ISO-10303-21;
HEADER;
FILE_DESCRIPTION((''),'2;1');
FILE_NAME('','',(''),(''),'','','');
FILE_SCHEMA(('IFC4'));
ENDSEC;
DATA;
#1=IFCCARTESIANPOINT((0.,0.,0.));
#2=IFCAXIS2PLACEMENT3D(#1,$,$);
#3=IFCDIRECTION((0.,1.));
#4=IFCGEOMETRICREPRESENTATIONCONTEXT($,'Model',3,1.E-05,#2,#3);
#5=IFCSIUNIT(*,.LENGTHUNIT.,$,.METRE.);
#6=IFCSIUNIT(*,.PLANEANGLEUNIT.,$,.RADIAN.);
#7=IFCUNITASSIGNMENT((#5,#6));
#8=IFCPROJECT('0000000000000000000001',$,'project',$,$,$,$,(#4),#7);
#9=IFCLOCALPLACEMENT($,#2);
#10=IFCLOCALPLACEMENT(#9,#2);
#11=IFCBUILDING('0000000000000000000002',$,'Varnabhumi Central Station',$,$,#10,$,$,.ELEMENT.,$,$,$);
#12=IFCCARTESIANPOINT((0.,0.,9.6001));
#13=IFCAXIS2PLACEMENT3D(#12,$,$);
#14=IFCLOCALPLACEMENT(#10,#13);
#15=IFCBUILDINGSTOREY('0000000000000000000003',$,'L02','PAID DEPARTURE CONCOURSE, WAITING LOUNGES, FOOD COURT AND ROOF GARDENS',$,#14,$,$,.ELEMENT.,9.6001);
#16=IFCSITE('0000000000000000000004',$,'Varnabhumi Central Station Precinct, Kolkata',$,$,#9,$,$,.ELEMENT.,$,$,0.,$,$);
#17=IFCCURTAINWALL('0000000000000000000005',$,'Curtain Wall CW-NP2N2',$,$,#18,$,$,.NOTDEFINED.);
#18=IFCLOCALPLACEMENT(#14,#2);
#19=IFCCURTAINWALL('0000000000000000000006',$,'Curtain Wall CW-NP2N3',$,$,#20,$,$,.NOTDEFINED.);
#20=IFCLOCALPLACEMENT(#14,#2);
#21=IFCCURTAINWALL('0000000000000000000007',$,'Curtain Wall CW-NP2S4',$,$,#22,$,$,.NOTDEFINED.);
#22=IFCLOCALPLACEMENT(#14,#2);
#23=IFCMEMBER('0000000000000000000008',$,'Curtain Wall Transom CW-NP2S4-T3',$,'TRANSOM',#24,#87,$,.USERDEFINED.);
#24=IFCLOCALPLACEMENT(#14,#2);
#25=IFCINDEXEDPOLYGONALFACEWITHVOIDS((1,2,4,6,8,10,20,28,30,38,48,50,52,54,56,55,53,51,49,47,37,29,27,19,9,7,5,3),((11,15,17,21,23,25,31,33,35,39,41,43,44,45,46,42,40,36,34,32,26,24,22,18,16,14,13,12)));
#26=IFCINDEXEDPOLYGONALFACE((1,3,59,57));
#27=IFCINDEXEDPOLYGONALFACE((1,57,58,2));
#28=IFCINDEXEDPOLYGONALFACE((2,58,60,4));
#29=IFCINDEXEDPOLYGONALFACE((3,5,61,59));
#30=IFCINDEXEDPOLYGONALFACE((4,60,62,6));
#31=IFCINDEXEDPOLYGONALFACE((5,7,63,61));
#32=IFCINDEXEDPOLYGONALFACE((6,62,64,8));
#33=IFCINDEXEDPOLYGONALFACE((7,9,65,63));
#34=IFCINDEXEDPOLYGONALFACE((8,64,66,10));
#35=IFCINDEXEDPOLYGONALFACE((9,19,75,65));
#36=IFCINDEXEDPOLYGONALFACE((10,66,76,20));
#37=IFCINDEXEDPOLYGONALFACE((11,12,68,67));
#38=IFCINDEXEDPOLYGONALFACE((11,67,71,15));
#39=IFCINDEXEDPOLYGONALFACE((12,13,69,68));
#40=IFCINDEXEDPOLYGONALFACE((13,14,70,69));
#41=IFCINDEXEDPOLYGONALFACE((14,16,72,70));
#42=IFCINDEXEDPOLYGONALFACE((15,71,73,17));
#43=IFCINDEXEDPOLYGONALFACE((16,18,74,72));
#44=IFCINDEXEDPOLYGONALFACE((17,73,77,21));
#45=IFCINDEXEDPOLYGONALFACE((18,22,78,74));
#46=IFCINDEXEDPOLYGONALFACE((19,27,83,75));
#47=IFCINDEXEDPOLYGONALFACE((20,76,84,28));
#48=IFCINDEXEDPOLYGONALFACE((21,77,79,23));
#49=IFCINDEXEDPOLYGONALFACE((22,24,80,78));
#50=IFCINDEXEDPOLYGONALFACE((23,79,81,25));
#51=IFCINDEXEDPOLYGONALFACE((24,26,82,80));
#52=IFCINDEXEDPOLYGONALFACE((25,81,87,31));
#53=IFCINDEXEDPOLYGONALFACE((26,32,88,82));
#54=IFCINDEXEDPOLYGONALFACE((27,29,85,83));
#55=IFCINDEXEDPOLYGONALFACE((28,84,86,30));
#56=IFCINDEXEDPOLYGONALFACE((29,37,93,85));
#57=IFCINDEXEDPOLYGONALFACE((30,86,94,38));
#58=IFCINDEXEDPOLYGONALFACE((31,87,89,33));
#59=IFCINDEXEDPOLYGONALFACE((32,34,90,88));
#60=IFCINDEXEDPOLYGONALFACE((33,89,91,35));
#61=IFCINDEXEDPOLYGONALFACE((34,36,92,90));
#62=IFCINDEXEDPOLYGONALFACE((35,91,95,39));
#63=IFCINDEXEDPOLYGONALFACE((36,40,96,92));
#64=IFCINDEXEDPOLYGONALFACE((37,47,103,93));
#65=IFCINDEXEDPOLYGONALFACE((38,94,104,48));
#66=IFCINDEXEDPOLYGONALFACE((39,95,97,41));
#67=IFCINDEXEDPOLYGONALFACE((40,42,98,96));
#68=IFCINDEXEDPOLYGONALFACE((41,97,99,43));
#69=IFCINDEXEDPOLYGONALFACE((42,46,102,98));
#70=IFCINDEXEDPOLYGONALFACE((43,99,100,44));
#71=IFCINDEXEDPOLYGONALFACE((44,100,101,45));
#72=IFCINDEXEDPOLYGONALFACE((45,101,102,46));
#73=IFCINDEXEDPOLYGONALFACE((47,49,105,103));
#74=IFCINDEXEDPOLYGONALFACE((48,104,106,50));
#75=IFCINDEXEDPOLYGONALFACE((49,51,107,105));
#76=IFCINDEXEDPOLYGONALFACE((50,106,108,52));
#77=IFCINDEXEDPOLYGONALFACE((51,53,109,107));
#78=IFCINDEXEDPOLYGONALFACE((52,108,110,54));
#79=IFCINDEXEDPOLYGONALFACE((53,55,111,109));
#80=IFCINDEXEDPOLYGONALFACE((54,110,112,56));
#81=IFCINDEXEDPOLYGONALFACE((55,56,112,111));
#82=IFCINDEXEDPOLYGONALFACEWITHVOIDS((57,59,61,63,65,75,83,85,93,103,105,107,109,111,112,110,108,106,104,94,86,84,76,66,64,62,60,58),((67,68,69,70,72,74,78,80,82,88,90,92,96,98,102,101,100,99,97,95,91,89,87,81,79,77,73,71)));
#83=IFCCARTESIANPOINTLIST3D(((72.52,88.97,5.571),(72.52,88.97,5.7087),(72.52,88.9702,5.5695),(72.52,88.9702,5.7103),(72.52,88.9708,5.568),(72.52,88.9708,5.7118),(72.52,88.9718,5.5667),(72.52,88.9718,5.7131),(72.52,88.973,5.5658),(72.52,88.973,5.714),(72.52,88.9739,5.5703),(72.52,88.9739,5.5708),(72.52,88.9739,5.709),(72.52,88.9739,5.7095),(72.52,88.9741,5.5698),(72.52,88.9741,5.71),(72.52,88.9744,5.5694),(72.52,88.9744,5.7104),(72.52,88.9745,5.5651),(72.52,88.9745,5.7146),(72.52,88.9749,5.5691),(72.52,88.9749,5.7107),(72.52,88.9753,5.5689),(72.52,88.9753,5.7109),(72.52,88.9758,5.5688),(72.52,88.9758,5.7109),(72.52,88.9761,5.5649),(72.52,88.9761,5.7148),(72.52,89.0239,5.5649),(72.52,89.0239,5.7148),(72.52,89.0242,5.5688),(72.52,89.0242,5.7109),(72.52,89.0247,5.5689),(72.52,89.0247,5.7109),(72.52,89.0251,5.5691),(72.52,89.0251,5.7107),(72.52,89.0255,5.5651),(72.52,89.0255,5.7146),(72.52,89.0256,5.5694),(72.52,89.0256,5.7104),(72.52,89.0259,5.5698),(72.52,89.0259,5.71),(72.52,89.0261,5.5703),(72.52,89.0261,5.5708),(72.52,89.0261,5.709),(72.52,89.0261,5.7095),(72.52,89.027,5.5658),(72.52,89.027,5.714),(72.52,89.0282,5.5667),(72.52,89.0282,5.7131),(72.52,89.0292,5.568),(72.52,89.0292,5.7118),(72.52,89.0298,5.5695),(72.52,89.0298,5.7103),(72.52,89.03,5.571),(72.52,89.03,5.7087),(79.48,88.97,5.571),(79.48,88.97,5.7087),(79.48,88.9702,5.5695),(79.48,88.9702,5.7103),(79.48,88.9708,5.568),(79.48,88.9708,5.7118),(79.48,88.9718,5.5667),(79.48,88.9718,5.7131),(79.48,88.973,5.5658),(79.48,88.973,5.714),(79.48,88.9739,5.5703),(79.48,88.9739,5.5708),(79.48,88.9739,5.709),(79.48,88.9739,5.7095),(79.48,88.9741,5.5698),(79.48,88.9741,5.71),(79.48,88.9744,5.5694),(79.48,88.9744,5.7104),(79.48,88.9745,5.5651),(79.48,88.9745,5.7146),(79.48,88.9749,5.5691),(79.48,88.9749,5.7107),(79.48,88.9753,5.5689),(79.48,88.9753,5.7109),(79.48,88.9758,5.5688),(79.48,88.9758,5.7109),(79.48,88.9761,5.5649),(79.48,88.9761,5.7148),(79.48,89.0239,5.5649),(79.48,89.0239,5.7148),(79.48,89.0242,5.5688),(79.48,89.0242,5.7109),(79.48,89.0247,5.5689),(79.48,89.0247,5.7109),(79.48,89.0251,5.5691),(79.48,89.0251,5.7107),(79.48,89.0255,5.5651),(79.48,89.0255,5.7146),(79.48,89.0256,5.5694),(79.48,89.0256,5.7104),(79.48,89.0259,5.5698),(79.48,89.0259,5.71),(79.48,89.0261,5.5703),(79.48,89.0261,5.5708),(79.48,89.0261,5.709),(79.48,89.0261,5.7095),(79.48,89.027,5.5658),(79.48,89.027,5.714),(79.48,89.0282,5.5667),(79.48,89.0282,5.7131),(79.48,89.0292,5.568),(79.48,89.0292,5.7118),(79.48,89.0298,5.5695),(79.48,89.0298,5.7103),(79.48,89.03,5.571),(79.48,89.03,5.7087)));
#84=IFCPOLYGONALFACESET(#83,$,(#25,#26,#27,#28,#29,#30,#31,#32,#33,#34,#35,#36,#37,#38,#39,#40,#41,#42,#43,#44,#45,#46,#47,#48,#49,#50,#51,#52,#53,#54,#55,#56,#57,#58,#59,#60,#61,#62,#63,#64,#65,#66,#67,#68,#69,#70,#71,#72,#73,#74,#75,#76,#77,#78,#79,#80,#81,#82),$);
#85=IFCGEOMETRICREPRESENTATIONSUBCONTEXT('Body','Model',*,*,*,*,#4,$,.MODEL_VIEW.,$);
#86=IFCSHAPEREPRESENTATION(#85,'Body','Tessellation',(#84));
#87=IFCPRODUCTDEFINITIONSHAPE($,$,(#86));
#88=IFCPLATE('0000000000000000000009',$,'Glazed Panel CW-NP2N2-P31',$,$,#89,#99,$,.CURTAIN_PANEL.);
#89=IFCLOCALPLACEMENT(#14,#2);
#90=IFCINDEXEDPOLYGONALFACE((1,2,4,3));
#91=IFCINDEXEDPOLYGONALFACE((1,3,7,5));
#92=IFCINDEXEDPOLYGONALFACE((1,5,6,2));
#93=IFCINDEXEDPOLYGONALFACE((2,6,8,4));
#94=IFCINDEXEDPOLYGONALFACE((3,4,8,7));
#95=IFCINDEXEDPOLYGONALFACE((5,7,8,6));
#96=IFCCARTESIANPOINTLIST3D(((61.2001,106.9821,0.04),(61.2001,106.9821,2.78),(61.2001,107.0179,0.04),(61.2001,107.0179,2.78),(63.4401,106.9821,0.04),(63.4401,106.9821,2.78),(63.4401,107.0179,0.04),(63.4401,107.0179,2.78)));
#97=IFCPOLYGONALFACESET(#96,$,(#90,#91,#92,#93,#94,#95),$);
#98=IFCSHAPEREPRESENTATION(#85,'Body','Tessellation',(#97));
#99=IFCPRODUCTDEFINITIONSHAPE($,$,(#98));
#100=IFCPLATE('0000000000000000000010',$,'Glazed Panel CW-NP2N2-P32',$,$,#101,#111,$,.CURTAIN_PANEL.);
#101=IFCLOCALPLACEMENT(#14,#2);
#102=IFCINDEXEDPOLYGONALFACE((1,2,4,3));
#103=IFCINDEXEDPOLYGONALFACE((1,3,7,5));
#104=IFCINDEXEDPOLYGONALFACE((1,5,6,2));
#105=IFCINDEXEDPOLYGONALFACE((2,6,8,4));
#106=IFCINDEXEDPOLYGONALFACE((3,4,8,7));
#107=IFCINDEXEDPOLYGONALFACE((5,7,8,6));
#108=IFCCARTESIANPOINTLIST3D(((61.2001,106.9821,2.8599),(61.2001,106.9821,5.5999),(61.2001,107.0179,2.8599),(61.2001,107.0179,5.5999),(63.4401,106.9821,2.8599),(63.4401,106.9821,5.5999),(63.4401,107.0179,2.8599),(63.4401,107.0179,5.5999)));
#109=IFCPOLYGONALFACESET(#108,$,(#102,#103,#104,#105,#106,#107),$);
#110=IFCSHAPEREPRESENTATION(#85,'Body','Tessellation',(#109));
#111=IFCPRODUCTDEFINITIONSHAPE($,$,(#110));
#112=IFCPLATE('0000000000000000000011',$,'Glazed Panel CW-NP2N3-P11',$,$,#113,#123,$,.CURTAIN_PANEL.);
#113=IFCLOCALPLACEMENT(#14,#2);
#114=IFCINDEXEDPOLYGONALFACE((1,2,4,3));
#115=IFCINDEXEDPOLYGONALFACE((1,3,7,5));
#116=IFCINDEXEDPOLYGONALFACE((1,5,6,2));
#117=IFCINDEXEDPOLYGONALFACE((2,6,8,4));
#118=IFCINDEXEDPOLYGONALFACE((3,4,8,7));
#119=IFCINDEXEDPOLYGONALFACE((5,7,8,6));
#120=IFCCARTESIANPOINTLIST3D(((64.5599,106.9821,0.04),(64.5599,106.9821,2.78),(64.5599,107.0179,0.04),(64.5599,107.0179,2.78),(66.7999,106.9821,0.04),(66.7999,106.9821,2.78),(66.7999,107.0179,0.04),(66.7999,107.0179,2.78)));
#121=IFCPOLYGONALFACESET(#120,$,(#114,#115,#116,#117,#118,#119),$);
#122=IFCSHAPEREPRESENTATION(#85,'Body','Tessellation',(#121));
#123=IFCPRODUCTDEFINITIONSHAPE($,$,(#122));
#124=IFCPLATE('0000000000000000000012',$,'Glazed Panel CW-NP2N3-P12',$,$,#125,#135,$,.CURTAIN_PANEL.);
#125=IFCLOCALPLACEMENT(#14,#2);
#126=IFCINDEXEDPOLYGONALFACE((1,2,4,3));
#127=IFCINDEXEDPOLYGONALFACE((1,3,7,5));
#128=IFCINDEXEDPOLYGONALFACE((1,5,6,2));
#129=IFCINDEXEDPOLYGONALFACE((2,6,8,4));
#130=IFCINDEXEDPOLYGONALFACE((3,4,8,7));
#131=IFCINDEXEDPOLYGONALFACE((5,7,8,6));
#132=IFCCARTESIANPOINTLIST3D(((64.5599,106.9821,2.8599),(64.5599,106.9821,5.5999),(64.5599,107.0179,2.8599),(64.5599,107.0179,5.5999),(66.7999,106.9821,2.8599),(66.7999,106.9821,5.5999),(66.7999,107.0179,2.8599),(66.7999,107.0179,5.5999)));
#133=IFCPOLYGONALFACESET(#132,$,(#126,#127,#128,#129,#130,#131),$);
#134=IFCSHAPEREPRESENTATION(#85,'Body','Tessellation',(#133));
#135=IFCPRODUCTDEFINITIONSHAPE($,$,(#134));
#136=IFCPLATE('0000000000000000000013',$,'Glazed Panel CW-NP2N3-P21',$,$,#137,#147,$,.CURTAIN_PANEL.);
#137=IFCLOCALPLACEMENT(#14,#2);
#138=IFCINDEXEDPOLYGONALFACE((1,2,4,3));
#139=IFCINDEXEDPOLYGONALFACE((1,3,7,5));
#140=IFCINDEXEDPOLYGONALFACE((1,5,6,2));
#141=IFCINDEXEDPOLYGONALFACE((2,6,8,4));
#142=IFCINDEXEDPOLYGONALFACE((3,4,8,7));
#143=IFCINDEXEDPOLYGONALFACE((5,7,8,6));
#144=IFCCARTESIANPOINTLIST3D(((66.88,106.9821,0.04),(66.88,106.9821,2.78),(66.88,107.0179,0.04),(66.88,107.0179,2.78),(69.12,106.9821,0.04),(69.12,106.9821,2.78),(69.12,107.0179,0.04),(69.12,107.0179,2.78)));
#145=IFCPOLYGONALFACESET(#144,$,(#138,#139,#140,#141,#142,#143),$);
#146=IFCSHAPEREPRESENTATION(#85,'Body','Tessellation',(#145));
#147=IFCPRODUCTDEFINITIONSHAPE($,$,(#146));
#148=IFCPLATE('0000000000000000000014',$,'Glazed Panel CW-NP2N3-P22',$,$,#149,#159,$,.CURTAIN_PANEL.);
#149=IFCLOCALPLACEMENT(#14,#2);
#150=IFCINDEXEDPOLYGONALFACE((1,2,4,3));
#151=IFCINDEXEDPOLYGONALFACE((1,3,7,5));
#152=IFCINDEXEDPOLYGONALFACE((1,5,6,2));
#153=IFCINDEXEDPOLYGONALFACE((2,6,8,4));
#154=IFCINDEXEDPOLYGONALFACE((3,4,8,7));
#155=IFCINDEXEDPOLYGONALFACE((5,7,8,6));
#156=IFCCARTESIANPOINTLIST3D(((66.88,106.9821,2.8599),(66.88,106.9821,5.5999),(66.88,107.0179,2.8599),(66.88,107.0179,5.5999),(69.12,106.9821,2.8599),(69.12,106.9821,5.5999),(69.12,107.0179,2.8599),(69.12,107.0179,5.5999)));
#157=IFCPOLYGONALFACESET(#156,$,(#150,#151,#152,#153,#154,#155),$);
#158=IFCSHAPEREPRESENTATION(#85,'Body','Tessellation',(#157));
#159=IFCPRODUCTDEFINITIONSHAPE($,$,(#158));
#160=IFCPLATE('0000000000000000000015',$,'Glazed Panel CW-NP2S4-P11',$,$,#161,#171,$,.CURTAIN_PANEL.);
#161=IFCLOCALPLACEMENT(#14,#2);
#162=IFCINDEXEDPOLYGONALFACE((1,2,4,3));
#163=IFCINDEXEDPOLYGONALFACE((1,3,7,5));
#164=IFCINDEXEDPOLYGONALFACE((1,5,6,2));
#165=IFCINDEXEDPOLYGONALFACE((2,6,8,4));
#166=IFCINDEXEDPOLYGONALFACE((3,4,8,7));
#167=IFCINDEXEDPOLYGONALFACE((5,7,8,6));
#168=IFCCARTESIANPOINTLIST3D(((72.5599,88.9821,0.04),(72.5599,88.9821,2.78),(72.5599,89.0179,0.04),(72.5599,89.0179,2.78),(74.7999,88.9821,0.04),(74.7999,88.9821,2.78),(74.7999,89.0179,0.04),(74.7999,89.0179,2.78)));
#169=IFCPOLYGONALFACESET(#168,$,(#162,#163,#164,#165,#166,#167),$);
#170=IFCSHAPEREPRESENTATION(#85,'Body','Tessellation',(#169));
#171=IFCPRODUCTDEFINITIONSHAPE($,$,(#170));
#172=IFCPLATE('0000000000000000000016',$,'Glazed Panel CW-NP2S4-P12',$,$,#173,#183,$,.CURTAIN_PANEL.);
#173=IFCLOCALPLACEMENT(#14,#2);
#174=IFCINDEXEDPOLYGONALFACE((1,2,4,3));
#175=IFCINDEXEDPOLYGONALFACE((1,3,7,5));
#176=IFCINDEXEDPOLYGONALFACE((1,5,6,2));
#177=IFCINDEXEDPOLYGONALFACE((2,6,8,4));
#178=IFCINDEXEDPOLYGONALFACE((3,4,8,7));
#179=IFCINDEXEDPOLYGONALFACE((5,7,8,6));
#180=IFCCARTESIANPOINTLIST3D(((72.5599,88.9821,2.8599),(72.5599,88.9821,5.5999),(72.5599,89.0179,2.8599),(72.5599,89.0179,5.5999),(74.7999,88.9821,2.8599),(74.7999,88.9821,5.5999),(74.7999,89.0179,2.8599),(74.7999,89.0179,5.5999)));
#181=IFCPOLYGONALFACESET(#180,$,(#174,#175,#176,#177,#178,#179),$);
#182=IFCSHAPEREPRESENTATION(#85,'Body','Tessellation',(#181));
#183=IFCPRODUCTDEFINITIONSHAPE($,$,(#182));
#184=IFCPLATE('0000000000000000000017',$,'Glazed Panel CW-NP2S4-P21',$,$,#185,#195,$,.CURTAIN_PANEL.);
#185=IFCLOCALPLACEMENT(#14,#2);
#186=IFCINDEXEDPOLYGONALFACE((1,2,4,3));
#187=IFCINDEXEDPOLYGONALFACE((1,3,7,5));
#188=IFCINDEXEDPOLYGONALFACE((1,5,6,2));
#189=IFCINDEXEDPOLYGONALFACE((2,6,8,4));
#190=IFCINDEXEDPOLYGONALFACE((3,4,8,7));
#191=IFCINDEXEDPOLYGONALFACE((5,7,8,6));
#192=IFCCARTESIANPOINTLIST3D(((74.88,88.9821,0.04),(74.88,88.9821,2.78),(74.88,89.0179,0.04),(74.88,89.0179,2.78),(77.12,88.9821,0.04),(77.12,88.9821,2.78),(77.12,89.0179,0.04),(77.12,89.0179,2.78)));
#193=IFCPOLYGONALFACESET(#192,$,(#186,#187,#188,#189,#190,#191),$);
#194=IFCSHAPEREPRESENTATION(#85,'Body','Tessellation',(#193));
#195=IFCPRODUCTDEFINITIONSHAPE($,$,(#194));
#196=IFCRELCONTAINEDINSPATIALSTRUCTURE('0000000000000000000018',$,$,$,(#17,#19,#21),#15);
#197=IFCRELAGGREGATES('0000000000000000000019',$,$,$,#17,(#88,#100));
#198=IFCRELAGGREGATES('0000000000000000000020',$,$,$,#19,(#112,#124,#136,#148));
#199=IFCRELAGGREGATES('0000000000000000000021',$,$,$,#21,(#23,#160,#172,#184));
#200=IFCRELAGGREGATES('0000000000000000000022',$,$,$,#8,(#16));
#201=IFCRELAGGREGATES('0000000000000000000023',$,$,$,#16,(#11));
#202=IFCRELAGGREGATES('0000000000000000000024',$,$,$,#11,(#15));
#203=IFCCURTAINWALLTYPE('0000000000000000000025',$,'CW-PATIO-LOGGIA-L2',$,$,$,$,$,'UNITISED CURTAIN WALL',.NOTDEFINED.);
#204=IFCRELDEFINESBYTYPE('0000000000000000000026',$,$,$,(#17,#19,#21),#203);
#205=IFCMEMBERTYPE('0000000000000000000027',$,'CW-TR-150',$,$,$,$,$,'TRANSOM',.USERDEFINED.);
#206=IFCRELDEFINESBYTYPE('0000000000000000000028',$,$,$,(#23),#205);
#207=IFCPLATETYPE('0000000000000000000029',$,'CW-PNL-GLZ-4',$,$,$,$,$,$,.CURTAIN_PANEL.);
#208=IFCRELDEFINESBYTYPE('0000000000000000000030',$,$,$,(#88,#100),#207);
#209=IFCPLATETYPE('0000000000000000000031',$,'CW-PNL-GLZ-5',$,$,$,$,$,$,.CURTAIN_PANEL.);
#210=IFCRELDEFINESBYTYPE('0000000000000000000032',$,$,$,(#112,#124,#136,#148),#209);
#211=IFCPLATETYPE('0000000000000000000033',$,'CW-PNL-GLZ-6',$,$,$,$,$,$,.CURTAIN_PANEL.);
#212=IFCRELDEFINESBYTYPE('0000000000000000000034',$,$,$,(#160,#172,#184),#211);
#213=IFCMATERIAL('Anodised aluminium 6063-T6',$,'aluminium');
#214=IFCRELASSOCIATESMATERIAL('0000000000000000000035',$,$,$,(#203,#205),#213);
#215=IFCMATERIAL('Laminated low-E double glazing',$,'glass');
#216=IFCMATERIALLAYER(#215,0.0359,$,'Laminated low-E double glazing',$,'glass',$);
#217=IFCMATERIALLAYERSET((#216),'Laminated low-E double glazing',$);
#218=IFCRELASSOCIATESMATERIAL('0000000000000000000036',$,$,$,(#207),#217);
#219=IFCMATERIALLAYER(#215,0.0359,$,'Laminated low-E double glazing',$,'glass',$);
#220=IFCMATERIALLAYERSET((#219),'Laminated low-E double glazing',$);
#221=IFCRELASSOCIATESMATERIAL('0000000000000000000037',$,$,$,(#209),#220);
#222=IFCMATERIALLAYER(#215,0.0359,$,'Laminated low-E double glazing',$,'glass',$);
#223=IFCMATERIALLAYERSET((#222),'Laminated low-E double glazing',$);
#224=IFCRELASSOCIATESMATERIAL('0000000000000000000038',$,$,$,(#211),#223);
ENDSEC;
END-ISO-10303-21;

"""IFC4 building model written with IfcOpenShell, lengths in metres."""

from ifc_helpers import new_model, si_unit, direction, frame, origin, origin_2d, place, context, subcontext, project, spatial, rectangle, hollow_rectangle, extrude, material, layer, layer_set, material_profile, profile_set, type_object, element, aggregate, save


model = new_model("IFC4")

# Units and contexts
model_context = context("Model", 3, precision=1e-05, world=origin(), true_north=direction((0.0, 1.0)))
body_context = subcontext(model_context, "Body", "Model", "MODEL_VIEW")
ifc_project = project(units=[si_unit("LENGTHUNIT", "METRE"), si_unit("PLANEANGLEUNIT", "RADIAN")], contexts=[model_context])

# Site, building, storey
site_placement = place(None, origin())
site = spatial("IfcSite", under=ifc_project, at=site_placement, Name="Varnabhumi Central Station Precinct, Kolkata", CompositionType="ELEMENT", RefElevation=0.0)
building_placement = place(site_placement, origin())
building = spatial("IfcBuilding", under=site, at=building_placement, Name="Varnabhumi Central Station", CompositionType="ELEMENT")
storey_placement = place(building_placement, frame((0.0, 0.0, 9.6001)))
storey = spatial("IfcBuildingStorey", under=building, at=storey_placement, Name="L02", Description="PAID DEPARTURE CONCOURSE, WAITING LOUNGES, FOOD COURT AND ROOF GARDENS", CompositionType="ELEMENT", Elevation=9.6001)

# Curtain wall
ifc_material_1 = material(Name="Anodised aluminium 6063-T6", Category="aluminium")
curtain_wall_type = type_object("IfcCurtainWallType", Name="CW-PATIO-LOGGIA-L2", ElementType="UNITISED CURTAIN WALL", PredefinedType="NOTDEFINED", material=ifc_material_1)
curtain_wall_1_placement = place(storey_placement, origin())
curtain_wall_1 = element("IfcCurtainWall", 1, at=curtain_wall_1_placement, inside=storey, type_object=curtain_wall_type, Name="Curtain Wall CW-NP2N2", PredefinedType="NOTDEFINED")

# Curtain wall
curtain_wall_2_placement = place(storey_placement, origin())
curtain_wall_2 = element("IfcCurtainWall", 2, at=curtain_wall_2_placement, inside=storey, type_object=curtain_wall_type, Name="Curtain Wall CW-NP2N3", PredefinedType="NOTDEFINED")

# Curtain wall
curtain_wall_3_placement = place(storey_placement, origin())
curtain_wall_3 = element("IfcCurtainWall", 3, at=curtain_wall_3_placement, inside=storey, type_object=curtain_wall_type, Name="Curtain Wall CW-NP2S4", PredefinedType="NOTDEFINED")

# Member
ifc_material_profile_1 = material_profile(ifc_material_1, hollow_rectangle(XDim=0.0601, YDim=0.1499, WallThickness=0.0039, InnerFilletRadius=0.002, OuterFilletRadius=0.0061, at=origin_2d()), Name="Anodised aluminium 6063-T6", Category="aluminium")
ifc_profile_set_1 = profile_set([ifc_material_profile_1], Name="Anodised aluminium 6063-T6")
member_type_1 = type_object("IfcMemberType", Name="CW-TR-150", ElementType="TRANSOM", PredefinedType="USERDEFINED", material=ifc_profile_set_1)
member_1_placement = place(storey_placement, frame((72.52, 89.0, 5.6399), z_axis=(1.0, 0.0, 0.0), x_axis=(0.0, 1.0, 0.0)))
member_1 = element("IfcMember", 4, at=member_1_placement, type_object=member_type_1, Name="Curtain Wall Transom CW-NP2S4-T3", ObjectType="TRANSOM", PredefinedType="USERDEFINED", context=body_context, shape_type="SweptSolid", body=[
    extrude(hollow_rectangle(XDim=0.0601, YDim=0.1499, WallThickness=0.0039, InnerFilletRadius=0.002, OuterFilletRadius=0.0061, at=origin_2d()), origin(), (0.0, 0.0, 1.0), 6.96),
])

# Plates
ifc_material_2 = material(Name="Laminated low-E double glazing", Category="glass")
ifc_layer_1 = layer(ifc_material_2, 0.0359, Name="Laminated low-E double glazing", Category="glass")
ifc_layer_set_1 = layer_set([ifc_layer_1], Name="Laminated low-E double glazing")
plate_type_1 = type_object("IfcPlateType", Name="CW-PNL-GLZ-4", PredefinedType="CURTAIN_PANEL", material=ifc_layer_set_1)
plate_1_placement = place(storey_placement, frame((62.3201, 107.0, 0.04), z_axis=(0.0, 0.0, 1.0), x_axis=(1.0, 0.0, 0.0)))
plate_1 = element("IfcPlate", 5, at=plate_1_placement, type_object=plate_type_1, Name="Glazed Panel CW-NP2N2-P31", PredefinedType="CURTAIN_PANEL", context=body_context, shape_type="SweptSolid", body=[
    extrude(rectangle(XDim=2.24, YDim=0.0359, at=origin_2d()), origin(), (0.0, 0.0, 1.0), 2.74),
])
plate_2_placement = place(storey_placement, frame((62.3201, 107.0, 2.8599), z_axis=(0.0, 0.0, 1.0), x_axis=(1.0, 0.0, 0.0)))
plate_2 = element("IfcPlate", 6, at=plate_2_placement, type_object=plate_type_1, Name="Glazed Panel CW-NP2N2-P32", PredefinedType="CURTAIN_PANEL", context=body_context, shape_type="SweptSolid", body=[
    extrude(rectangle(XDim=2.24, YDim=0.0359, at=origin_2d()), origin(), (0.0, 0.0, 1.0), 2.74),
])
aggregate(curtain_wall_1, [plate_1, plate_2])
ifc_layer_2 = layer(ifc_material_2, 0.0359, Name="Laminated low-E double glazing", Category="glass")
ifc_layer_set_2 = layer_set([ifc_layer_2], Name="Laminated low-E double glazing")
plate_type_2 = type_object("IfcPlateType", Name="CW-PNL-GLZ-5", PredefinedType="CURTAIN_PANEL", material=ifc_layer_set_2)
plate_3_placement = place(storey_placement, frame((65.6799, 107.0, 0.04), z_axis=(0.0, 0.0, 1.0), x_axis=(1.0, 0.0, 0.0)))
plate_3 = element("IfcPlate", 7, at=plate_3_placement, type_object=plate_type_2, Name="Glazed Panel CW-NP2N3-P11", PredefinedType="CURTAIN_PANEL", context=body_context, shape_type="SweptSolid", body=[
    extrude(rectangle(XDim=2.24, YDim=0.0359, at=origin_2d()), origin(), (0.0, 0.0, 1.0), 2.74),
])
plate_4_placement = place(storey_placement, frame((65.6799, 107.0, 2.8599), z_axis=(0.0, 0.0, 1.0), x_axis=(1.0, 0.0, 0.0)))
plate_4 = element("IfcPlate", 8, at=plate_4_placement, type_object=plate_type_2, Name="Glazed Panel CW-NP2N3-P12", PredefinedType="CURTAIN_PANEL", context=body_context, shape_type="SweptSolid", body=[
    extrude(rectangle(XDim=2.24, YDim=0.0359, at=origin_2d()), origin(), (0.0, 0.0, 1.0), 2.74),
])
plate_5_placement = place(storey_placement, frame((68.0, 107.0, 0.04), z_axis=(0.0, 0.0, 1.0), x_axis=(1.0, 0.0, 0.0)))
plate_5 = element("IfcPlate", 9, at=plate_5_placement, type_object=plate_type_2, Name="Glazed Panel CW-NP2N3-P21", PredefinedType="CURTAIN_PANEL", context=body_context, shape_type="SweptSolid", body=[
    extrude(rectangle(XDim=2.24, YDim=0.0359, at=origin_2d()), origin(), (0.0, 0.0, 1.0), 2.74),
])
plate_6_placement = place(storey_placement, frame((68.0, 107.0, 2.8599), z_axis=(0.0, 0.0, 1.0), x_axis=(1.0, 0.0, 0.0)))
plate_6 = element("IfcPlate", 10, at=plate_6_placement, type_object=plate_type_2, Name="Glazed Panel CW-NP2N3-P22", PredefinedType="CURTAIN_PANEL", context=body_context, shape_type="SweptSolid", body=[
    extrude(rectangle(XDim=2.24, YDim=0.0359, at=origin_2d()), origin(), (0.0, 0.0, 1.0), 2.74),
])
aggregate(curtain_wall_2, [plate_3, plate_4, plate_5, plate_6])
ifc_layer_3 = layer(ifc_material_2, 0.0359, Name="Laminated low-E double glazing", Category="glass")
ifc_layer_set_3 = layer_set([ifc_layer_3], Name="Laminated low-E double glazing")
plate_type_3 = type_object("IfcPlateType", Name="CW-PNL-GLZ-6", PredefinedType="CURTAIN_PANEL", material=ifc_layer_set_3)
plate_7_placement = place(storey_placement, frame((73.6799, 89.0, 0.04), z_axis=(0.0, 0.0, 1.0), x_axis=(1.0, 0.0, 0.0)))
plate_7 = element("IfcPlate", 11, at=plate_7_placement, type_object=plate_type_3, Name="Glazed Panel CW-NP2S4-P11", PredefinedType="CURTAIN_PANEL", context=body_context, shape_type="SweptSolid", body=[
    extrude(rectangle(XDim=2.24, YDim=0.0359, at=origin_2d()), origin(), (0.0, 0.0, 1.0), 2.74),
])
plate_8_placement = place(storey_placement, frame((73.6799, 89.0, 2.8599), z_axis=(0.0, 0.0, 1.0), x_axis=(1.0, 0.0, 0.0)))
plate_8 = element("IfcPlate", 12, at=plate_8_placement, type_object=plate_type_3, Name="Glazed Panel CW-NP2S4-P12", PredefinedType="CURTAIN_PANEL", context=body_context, shape_type="SweptSolid", body=[
    extrude(rectangle(XDim=2.24, YDim=0.0359, at=origin_2d()), origin(), (0.0, 0.0, 1.0), 2.74),
])
plate_9_placement = place(storey_placement, frame((76.0, 89.0, 0.04), z_axis=(0.0, 0.0, 1.0), x_axis=(1.0, 0.0, 0.0)))
plate_9 = element("IfcPlate", 13, at=plate_9_placement, type_object=plate_type_3, Name="Glazed Panel CW-NP2S4-P21", PredefinedType="CURTAIN_PANEL", context=body_context, shape_type="SweptSolid", body=[
    extrude(rectangle(XDim=2.24, YDim=0.0359, at=origin_2d()), origin(), (0.0, 0.0, 1.0), 2.74),
])
aggregate(curtain_wall_3, [member_1, plate_7, plate_8, plate_9])

save(model, "model.ifc")
